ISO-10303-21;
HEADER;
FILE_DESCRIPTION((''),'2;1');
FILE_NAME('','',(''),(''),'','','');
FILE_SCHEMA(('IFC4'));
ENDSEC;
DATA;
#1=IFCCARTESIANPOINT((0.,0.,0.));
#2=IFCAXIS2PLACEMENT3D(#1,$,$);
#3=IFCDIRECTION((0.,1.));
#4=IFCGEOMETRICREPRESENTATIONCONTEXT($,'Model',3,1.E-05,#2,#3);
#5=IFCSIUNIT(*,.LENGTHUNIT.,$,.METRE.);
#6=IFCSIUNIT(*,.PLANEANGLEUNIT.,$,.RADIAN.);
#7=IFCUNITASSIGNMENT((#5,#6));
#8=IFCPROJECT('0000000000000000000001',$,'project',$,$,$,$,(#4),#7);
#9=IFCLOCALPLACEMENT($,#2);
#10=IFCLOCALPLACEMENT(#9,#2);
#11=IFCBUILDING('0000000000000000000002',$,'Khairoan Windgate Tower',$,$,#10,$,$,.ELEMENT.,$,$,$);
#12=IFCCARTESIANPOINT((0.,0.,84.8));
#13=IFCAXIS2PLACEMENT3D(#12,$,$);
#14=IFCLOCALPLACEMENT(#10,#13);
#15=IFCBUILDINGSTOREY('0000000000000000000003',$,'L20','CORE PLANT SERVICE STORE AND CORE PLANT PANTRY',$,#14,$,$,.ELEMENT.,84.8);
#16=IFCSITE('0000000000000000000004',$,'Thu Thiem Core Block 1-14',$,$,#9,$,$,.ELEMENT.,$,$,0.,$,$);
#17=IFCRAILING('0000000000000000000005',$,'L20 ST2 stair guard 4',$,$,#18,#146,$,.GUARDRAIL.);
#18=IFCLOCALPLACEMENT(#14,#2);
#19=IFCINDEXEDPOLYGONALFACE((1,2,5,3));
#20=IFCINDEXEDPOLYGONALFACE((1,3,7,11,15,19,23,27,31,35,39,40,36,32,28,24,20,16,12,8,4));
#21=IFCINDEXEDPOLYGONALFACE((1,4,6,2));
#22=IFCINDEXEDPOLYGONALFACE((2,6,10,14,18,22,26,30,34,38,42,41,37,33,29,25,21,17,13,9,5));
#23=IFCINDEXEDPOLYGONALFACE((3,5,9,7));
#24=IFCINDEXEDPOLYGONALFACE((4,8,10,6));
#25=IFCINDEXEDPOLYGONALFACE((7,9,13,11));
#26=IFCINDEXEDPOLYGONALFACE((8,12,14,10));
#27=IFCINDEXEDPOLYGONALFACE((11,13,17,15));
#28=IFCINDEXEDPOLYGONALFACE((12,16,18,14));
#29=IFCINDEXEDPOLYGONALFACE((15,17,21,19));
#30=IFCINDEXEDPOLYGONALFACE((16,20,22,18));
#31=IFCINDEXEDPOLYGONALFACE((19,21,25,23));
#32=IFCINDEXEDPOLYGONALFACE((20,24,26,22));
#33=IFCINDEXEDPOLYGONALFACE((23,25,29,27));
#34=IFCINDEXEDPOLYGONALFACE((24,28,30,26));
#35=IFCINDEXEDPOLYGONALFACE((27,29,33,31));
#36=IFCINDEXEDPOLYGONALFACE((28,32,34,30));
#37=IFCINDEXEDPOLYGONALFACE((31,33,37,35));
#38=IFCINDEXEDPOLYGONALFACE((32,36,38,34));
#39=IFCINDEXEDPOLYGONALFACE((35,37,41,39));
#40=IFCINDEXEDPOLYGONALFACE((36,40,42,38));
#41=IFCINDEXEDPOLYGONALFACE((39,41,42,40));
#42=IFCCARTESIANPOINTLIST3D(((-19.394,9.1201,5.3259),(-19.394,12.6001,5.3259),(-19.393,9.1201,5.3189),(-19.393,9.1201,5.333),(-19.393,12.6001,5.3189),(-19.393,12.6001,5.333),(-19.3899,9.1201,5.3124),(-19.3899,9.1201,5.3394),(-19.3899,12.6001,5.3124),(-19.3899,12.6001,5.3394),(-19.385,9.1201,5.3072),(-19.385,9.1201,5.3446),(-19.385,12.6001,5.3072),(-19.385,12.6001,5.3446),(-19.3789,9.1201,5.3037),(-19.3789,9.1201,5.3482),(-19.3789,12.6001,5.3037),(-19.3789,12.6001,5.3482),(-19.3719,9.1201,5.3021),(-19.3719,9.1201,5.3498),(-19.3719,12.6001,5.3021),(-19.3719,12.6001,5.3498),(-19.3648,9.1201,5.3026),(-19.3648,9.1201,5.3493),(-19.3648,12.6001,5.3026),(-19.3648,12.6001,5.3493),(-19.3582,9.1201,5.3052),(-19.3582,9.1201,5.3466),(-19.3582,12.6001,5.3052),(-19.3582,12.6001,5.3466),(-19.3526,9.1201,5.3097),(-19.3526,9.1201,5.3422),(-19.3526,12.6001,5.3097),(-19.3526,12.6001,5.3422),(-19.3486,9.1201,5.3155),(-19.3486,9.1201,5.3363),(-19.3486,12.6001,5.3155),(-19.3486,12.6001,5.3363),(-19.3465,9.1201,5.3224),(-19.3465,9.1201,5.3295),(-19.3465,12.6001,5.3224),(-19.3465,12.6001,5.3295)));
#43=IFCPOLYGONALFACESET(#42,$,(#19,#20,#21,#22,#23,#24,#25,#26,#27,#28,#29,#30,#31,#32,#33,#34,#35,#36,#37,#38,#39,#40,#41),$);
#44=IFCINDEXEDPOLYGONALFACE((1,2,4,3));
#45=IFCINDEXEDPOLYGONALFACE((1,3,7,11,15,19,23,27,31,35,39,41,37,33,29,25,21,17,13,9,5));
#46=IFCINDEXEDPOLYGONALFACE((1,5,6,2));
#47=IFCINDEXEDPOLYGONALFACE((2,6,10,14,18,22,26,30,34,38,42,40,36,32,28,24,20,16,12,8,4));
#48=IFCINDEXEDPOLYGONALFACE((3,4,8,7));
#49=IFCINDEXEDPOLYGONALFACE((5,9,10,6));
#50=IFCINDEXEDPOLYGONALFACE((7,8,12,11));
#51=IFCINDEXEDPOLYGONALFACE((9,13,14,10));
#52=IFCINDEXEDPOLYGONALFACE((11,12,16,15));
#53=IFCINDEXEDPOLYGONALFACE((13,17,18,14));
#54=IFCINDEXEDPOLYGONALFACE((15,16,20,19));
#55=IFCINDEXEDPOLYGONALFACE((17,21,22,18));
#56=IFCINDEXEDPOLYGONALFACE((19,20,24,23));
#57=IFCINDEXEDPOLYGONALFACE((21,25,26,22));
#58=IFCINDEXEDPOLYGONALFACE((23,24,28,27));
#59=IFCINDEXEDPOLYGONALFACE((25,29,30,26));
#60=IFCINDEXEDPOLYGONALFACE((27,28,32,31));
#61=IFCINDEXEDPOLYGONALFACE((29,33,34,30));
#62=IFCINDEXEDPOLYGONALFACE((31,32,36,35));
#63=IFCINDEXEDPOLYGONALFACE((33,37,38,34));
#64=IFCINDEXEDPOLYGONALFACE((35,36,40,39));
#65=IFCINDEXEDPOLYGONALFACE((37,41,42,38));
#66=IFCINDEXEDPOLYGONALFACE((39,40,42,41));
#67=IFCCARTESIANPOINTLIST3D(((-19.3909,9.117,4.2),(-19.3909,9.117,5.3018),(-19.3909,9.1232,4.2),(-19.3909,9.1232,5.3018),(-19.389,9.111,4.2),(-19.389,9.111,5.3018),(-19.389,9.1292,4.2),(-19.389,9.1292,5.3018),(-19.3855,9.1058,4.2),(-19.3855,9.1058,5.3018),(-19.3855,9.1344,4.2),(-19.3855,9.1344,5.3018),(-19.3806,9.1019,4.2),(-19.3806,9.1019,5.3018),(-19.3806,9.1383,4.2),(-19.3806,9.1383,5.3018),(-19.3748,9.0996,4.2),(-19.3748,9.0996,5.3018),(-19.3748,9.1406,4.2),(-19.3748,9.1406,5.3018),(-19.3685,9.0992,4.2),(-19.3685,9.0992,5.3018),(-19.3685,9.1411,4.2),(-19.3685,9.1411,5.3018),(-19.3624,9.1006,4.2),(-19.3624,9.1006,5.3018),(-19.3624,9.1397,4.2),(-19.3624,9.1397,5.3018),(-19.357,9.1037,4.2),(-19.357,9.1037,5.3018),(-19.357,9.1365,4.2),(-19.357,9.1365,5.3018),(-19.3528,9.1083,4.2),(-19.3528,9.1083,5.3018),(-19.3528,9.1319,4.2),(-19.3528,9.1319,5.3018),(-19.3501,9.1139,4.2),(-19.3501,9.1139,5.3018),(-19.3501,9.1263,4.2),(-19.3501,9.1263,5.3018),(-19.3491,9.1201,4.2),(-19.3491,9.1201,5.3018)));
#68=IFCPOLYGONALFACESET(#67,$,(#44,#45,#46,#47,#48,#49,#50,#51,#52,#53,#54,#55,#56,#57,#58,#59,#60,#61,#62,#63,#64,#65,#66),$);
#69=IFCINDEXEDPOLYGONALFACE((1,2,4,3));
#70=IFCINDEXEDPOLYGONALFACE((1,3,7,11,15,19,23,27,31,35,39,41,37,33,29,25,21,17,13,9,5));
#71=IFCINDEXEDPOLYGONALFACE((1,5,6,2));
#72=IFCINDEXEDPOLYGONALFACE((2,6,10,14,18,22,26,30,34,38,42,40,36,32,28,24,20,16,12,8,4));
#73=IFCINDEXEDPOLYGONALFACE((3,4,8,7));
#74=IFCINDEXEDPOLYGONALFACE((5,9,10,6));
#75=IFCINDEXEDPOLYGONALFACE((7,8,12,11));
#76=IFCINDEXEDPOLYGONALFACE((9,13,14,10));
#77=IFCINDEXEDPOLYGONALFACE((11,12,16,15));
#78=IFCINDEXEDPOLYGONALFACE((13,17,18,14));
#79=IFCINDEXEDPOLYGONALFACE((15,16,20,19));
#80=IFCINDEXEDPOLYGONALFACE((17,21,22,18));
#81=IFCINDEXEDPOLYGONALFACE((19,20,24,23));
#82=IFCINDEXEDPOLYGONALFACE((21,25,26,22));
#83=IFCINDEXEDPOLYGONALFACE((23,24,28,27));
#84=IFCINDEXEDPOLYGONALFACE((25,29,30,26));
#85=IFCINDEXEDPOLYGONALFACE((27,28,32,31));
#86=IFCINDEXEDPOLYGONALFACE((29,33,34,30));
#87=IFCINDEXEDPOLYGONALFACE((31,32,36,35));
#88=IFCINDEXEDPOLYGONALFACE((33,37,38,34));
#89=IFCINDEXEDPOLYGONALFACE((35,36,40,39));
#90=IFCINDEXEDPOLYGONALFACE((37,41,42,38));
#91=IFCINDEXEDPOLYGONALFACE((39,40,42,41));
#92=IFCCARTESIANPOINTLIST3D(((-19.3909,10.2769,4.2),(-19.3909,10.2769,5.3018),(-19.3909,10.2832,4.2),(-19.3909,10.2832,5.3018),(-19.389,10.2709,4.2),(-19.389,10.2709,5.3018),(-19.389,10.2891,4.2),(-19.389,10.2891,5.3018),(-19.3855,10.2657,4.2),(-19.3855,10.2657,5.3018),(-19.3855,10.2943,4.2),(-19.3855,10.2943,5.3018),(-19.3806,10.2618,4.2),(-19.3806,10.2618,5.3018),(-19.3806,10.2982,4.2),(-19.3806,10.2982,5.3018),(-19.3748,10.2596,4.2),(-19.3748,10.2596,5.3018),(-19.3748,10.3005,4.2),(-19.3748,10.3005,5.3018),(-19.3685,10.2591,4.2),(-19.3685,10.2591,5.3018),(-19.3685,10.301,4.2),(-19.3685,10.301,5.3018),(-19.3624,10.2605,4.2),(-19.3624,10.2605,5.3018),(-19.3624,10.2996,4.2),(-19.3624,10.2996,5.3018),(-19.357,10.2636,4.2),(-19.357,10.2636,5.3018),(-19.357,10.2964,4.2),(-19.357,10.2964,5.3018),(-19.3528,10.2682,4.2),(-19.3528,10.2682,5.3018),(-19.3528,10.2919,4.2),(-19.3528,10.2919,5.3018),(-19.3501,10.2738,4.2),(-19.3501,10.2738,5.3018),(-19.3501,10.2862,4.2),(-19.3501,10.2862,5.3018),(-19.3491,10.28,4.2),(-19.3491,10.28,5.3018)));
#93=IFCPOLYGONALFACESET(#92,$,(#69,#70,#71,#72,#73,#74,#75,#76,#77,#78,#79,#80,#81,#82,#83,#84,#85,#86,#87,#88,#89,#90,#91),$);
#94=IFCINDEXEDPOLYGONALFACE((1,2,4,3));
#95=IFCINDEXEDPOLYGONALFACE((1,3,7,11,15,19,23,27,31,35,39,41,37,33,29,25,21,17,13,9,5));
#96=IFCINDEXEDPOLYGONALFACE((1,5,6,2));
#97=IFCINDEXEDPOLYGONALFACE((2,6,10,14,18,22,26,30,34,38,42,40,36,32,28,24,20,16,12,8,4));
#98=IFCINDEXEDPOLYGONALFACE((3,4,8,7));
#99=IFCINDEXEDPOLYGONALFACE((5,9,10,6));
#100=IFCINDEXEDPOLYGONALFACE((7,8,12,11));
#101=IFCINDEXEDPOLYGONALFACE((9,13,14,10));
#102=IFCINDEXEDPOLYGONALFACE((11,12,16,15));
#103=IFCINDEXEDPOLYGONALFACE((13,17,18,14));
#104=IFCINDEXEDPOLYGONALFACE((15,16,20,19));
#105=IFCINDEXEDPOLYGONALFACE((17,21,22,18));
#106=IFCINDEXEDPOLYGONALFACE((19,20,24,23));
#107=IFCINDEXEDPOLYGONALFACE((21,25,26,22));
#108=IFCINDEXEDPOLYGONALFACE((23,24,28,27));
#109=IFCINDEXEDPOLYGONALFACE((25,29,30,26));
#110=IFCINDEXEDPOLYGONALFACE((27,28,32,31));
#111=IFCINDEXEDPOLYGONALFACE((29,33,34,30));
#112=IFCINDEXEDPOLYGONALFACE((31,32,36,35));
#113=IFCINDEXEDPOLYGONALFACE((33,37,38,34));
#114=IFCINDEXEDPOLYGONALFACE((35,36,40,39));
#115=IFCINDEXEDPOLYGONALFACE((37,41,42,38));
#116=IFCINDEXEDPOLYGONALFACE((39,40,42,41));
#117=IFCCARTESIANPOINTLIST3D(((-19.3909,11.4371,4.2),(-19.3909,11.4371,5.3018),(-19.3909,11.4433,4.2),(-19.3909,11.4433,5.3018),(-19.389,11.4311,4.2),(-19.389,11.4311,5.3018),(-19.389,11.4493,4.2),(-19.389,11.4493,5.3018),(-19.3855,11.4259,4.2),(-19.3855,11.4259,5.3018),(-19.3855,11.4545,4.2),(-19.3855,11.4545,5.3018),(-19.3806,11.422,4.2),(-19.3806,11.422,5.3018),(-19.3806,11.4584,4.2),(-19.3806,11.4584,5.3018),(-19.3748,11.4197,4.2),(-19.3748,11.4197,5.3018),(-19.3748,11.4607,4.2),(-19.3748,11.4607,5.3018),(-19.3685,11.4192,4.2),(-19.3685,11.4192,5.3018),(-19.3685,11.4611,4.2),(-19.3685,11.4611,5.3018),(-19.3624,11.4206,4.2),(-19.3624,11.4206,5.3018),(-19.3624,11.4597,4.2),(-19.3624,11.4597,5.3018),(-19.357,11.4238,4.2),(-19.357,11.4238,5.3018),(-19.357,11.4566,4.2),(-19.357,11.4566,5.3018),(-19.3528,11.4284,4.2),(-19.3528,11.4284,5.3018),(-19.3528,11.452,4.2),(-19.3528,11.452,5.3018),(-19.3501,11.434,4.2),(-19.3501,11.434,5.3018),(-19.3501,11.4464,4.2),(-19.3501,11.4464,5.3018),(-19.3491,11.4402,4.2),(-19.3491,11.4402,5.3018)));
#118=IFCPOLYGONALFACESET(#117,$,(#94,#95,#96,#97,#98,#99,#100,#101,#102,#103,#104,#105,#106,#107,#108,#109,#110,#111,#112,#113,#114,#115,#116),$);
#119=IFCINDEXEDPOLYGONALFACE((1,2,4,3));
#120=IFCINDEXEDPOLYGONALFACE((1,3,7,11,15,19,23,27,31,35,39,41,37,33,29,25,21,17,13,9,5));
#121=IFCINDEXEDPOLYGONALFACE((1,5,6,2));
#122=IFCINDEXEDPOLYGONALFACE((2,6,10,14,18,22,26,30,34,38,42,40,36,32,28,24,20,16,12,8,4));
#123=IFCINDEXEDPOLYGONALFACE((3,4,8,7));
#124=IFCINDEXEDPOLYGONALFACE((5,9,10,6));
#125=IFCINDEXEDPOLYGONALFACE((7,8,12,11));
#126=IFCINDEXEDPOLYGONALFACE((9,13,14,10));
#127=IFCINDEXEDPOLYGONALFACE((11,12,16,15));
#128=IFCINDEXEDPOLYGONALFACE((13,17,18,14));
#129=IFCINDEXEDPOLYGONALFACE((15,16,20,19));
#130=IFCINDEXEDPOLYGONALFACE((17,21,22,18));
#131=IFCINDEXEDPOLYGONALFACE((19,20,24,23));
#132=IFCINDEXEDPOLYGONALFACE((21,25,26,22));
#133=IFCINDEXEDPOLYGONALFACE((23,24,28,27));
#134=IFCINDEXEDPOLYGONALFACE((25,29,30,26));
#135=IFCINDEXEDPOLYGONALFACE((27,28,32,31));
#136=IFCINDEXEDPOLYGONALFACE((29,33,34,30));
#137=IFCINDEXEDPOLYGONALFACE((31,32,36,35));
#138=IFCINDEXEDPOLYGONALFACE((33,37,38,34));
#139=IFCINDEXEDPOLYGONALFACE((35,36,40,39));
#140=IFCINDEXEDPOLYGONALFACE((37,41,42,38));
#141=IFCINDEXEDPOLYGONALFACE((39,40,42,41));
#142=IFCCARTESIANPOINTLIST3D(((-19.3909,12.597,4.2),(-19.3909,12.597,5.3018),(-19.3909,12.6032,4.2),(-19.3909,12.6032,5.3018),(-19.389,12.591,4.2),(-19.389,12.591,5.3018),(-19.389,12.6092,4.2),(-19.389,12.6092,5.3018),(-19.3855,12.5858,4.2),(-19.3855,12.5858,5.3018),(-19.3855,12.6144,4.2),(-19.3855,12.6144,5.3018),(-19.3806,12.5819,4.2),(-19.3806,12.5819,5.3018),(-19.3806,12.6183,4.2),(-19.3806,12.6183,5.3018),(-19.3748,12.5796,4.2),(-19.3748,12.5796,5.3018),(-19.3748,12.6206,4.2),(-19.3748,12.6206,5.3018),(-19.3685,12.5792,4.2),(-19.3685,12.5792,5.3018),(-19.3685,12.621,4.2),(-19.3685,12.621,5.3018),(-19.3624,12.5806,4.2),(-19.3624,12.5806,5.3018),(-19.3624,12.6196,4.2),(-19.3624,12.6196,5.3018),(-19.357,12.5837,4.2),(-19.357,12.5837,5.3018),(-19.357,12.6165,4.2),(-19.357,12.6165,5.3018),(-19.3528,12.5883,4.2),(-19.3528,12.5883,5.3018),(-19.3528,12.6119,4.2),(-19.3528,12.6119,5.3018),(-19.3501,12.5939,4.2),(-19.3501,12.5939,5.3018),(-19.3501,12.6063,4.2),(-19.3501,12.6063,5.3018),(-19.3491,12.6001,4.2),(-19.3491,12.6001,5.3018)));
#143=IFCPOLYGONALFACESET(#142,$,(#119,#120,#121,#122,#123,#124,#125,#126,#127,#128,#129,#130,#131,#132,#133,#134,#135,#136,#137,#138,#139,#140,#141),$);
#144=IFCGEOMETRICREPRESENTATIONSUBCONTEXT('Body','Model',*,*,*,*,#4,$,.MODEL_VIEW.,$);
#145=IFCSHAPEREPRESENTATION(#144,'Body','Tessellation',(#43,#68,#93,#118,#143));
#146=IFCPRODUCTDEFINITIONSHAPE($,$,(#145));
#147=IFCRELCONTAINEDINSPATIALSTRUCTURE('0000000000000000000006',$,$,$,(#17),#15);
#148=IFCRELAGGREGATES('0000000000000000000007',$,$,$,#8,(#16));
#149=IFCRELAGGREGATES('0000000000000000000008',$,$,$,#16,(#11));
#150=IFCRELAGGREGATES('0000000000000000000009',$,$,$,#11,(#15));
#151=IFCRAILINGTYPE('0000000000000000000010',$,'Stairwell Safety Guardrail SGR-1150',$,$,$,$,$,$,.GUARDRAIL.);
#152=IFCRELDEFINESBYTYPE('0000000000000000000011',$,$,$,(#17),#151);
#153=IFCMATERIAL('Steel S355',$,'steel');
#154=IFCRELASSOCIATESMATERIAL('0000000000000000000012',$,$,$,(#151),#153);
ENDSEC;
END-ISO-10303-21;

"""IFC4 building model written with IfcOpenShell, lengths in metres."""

from ifc_helpers import new_model, si_unit, direction, frame, origin, origin_2d, place, context, subcontext, project, spatial, circle, extrude, material, type_object, element, save


model = new_model("IFC4")

# Units and contexts
model_context = context("Model", 3, precision=1e-05, world=origin(), true_north=direction((0.0, 1.0)))
body_context = subcontext(model_context, "Body", "Model", "MODEL_VIEW")
ifc_project = project(units=[si_unit("LENGTHUNIT", "METRE"), si_unit("PLANEANGLEUNIT", "RADIAN")], contexts=[model_context])

# Site, building, storey
site_placement = place(None, origin())
site = spatial("IfcSite", under=ifc_project, at=site_placement, Name="Thu Thiem Core Block 1-14", CompositionType="ELEMENT", RefElevation=0.0)
building_placement = place(site_placement, origin())
building = spatial("IfcBuilding", under=site, at=building_placement, Name="Khairoan Windgate Tower", CompositionType="ELEMENT")
storey_placement = place(building_placement, frame((0.0, 0.0, 84.8)))
storey = spatial("IfcBuildingStorey", under=building, at=storey_placement, Name="L20", Description="CORE PLANT SERVICE STORE AND CORE PLANT PANTRY", CompositionType="ELEMENT", Elevation=84.8)

# Railing
ifc_material_1 = material(Name="Steel S355", Category="steel")
railing_type_1 = type_object("IfcRailingType", Name="Stairwell Safety Guardrail SGR-1150", PredefinedType="GUARDRAIL", material=ifc_material_1)
for number, where, name in (
    (1, (-19.3701, 9.1201, 4.2), "L20 ST2 stair guard 4"),
):
    element("IfcRailing", number, at=place(storey_placement, frame(where)), inside=storey, type_object=railing_type_1, Name=name, PredefinedType="GUARDRAIL", context=body_context, shape_type="SweptSolid", body=[
        extrude(circle(Radius=0.0239, at=origin_2d()), frame((0.0, 0.0, 1.126), z_axis=(0.0, 1.0, 0.0), x_axis=(-1.0, 0.0, 0.0)), (0.0, 0.0, 1.0), 3.48),
        extrude(circle(Radius=0.021, at=origin_2d()), origin(), (0.0, 0.0, 1.0), 1.1018),
        extrude(circle(Radius=0.021, at=origin_2d()), frame((0.0, 1.1599, 0.0)), (0.0, 0.0, 1.0), 1.1018),
        extrude(circle(Radius=0.021, at=origin_2d()), frame((0.0, 2.3201, 0.0)), (0.0, 0.0, 1.0), 1.1018),
        extrude(circle(Radius=0.021, at=origin_2d()), frame((0.0, 3.48, 0.0)), (0.0, 0.0, 1.0), 1.1018),
    ])

save(model, "model.ifc")
